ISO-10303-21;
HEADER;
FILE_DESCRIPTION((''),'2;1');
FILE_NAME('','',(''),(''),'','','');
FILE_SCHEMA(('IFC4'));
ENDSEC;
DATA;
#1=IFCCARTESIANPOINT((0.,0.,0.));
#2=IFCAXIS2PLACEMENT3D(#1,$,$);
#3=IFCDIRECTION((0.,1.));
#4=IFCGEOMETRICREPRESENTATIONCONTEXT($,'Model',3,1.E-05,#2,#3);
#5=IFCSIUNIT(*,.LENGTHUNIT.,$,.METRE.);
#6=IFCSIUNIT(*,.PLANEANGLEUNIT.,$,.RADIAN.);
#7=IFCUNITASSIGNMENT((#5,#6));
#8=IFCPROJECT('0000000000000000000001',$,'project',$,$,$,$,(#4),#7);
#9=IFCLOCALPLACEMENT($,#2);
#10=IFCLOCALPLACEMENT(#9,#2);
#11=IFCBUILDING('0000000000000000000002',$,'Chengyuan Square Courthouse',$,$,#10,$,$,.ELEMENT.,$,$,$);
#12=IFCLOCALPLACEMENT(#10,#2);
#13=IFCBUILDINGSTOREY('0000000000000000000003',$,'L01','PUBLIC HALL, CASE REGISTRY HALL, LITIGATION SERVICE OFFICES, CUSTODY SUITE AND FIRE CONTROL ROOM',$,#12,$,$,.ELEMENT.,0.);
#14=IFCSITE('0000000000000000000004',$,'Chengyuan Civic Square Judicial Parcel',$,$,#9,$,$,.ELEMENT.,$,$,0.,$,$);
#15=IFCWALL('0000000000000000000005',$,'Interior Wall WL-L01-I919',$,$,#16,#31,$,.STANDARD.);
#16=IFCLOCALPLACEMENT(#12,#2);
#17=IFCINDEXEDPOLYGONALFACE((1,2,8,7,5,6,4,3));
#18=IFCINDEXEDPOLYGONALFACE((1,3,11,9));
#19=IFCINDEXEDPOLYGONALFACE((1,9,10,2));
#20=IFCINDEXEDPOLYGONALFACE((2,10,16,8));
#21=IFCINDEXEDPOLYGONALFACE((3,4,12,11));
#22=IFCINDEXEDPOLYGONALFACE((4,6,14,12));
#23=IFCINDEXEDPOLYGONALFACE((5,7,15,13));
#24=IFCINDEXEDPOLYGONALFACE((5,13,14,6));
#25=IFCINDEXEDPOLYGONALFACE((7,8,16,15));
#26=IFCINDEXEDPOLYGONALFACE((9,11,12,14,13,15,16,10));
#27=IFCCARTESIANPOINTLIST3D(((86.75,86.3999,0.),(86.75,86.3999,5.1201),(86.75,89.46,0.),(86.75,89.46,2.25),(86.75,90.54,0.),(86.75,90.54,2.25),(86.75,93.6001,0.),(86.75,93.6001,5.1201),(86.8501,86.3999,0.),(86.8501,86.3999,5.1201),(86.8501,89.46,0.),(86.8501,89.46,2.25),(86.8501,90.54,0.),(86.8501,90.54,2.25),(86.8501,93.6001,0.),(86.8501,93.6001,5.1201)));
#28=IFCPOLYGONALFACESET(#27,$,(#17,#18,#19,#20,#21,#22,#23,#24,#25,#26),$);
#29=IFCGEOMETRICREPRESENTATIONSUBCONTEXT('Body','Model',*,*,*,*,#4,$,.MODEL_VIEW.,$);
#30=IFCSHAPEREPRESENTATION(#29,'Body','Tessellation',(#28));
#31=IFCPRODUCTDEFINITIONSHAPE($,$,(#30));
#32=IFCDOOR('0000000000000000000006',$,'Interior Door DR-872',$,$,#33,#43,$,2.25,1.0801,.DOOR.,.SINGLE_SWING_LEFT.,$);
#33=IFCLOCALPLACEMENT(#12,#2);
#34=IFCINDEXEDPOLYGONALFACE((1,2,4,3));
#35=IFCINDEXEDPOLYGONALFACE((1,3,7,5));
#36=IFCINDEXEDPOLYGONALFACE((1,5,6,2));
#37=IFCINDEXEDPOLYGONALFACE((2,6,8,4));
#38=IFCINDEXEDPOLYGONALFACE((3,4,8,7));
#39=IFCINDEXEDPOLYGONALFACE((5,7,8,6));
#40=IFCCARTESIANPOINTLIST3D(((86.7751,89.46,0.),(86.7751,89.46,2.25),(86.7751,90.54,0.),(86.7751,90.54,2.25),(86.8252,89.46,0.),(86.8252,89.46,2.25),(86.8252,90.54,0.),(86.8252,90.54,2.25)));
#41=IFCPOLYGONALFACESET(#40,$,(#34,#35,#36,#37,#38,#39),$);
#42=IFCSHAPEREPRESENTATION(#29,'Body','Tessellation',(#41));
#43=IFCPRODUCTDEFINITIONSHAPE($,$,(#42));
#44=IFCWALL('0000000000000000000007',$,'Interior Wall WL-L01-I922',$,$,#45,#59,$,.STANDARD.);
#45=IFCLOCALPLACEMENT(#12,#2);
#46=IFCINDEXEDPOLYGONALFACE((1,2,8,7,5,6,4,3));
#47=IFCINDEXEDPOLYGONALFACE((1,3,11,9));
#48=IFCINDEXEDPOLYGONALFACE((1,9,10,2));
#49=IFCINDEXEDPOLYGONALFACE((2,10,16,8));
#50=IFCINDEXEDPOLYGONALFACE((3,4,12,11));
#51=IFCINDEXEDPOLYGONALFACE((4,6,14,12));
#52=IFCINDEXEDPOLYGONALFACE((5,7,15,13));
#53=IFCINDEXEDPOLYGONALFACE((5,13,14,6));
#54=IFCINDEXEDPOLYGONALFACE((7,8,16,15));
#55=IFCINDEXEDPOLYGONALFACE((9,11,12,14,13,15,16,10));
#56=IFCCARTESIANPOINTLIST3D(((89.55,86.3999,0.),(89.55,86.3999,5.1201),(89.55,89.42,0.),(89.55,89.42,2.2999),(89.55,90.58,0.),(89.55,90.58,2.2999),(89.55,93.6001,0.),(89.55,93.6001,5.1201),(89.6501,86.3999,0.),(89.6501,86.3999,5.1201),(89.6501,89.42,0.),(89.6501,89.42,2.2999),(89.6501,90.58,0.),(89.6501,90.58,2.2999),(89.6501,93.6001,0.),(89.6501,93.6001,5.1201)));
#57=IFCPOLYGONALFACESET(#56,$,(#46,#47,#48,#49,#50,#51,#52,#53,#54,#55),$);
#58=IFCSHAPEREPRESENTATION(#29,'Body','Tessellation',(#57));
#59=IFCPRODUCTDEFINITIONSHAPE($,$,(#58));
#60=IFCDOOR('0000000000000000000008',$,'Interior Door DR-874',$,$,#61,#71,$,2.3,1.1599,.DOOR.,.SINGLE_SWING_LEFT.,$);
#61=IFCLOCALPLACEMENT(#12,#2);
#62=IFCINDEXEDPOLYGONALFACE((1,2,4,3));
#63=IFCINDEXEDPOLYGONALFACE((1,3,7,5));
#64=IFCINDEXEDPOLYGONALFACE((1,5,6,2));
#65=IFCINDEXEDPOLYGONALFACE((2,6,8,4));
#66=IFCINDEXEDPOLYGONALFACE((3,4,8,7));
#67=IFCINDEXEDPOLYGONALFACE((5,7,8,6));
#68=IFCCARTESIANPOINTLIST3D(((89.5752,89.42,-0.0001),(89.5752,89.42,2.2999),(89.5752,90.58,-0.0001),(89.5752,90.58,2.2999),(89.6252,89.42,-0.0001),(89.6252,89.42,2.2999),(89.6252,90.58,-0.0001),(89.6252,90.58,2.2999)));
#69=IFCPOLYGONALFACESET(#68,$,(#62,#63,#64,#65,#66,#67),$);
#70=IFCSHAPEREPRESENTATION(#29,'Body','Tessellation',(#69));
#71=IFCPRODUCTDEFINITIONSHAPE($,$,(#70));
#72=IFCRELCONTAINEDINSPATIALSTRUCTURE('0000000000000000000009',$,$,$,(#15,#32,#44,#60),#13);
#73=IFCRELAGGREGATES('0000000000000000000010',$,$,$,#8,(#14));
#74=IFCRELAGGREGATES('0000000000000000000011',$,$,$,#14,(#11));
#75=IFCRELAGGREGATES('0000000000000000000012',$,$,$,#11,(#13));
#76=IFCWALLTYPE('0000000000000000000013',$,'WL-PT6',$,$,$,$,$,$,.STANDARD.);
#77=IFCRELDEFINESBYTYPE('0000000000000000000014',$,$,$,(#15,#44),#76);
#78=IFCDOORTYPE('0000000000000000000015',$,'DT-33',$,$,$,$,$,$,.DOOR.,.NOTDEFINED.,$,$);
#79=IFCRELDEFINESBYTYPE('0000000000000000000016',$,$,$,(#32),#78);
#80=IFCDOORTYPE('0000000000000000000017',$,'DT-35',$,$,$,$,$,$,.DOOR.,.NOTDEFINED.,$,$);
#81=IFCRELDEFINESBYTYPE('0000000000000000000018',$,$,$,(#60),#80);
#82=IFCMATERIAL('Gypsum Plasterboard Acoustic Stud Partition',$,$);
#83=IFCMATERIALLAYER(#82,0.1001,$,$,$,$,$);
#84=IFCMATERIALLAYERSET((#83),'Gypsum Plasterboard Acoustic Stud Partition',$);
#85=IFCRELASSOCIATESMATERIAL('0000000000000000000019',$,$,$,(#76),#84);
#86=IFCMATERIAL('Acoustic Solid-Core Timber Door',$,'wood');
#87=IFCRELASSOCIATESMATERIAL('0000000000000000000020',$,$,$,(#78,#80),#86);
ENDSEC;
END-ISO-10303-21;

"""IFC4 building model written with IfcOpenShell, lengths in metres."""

from ifc_helpers import new_model, si_unit, direction, frame, frame_2d, origin, place, context, subcontext, project, spatial, rectangle, extrude, material, layer, layer_set, type_object, element, fill, save


model = new_model("IFC4")

# Units and contexts
model_context = context("Model", 3, precision=1e-05, world=origin(), true_north=direction((0.0, 1.0)))
body_context = subcontext(model_context, "Body", "Model", "MODEL_VIEW")
ifc_project = project(units=[si_unit("LENGTHUNIT", "METRE"), si_unit("PLANEANGLEUNIT", "RADIAN")], contexts=[model_context])

# Site, building, storey
site_placement = place(None, origin())
site = spatial("IfcSite", under=ifc_project, at=site_placement, Name="Chengyuan Civic Square Judicial Parcel", CompositionType="ELEMENT", RefElevation=0.0)
building_placement = place(site_placement, origin())
building = spatial("IfcBuilding", under=site, at=building_placement, Name="Chengyuan Square Courthouse", CompositionType="ELEMENT")
storey_placement = place(building_placement, origin())
storey = spatial("IfcBuildingStorey", under=building, at=storey_placement, Name="L01", Description="PUBLIC HALL, CASE REGISTRY HALL, LITIGATION SERVICE OFFICES, CUSTODY SUITE AND FIRE CONTROL ROOM", CompositionType="ELEMENT", Elevation=0.0)

# Shared definitions
ifc_material_1 = material(Name="Gypsum Plasterboard Acoustic Stud Partition")
ifc_layer_1 = layer(ifc_material_1, 0.1001)
ifc_layer_set_1 = layer_set([ifc_layer_1], Name="Gypsum Plasterboard Acoustic Stud Partition")
wall_type_1 = type_object("IfcWallType", Name="WL-PT6", PredefinedType="STANDARD", material=ifc_layer_set_1)
ifc_material_2 = material(Name="Acoustic Solid-Core Timber Door", Category="wood")

# Walls, openings, doors
wall_1_placement = place(storey_placement, frame((86.8, 86.3999, 0.0), z_axis=(0.0, 0.0, 1.0), x_axis=(0.0, 1.0, 0.0)))
wall_1 = element("IfcWall", 1, at=wall_1_placement, inside=storey, type_object=wall_type_1, Name="Interior Wall WL-L01-I919", PredefinedType="STANDARD", context=body_context, shape_type="SweptSolid", body=[
    extrude(rectangle(XDim=7.2002, YDim=0.1001, at=frame_2d((3.6001, 0.0))), origin(), (0.0, 0.0, 1.0), 5.1201),
])
opening_1_placement = place(wall_1_placement, frame((3.0601, 0.0, 0.0)))
opening_1 = element("IfcOpeningElement", 2, at=opening_1_placement, cuts=wall_1, PredefinedType="OPENING", context=body_context, shape_type="SweptSolid", body=[
    extrude(rectangle(XDim=1.0801, YDim=2.25, at=frame_2d((0.54, 1.125))), frame((0.0, 0.062, 0.0), z_axis=(0.0, -1.0, 0.0), x_axis=(1.0, 0.0, 0.0)), (0.0, 0.0, 1.0), 0.124),
])
door_type_1 = type_object("IfcDoorType", Name="DT-33", OperationType="NOTDEFINED", PredefinedType="DOOR", material=ifc_material_2)
door_1_placement = place(opening_1_placement, origin())
door_1 = element("IfcDoor", 3, at=door_1_placement, inside=storey, type_object=door_type_1, Name="Interior Door DR-872", OperationType="SINGLE_SWING_LEFT", OverallHeight=2.25, OverallWidth=1.0801, PredefinedType="DOOR", context=body_context, shape_type="SweptSolid", body=[
    extrude(rectangle(XDim=1.0801, YDim=2.25, at=frame_2d((0.54, 1.125))), frame((0.0, 0.0249, 0.0), z_axis=(0.0, -1.0, 0.0), x_axis=(1.0, 0.0, 0.0)), (0.0, 0.0, 1.0), 0.05),
])
fill(opening_1, door_1)
wall_2_placement = place(storey_placement, frame((89.6001, 86.3999, 0.0), z_axis=(0.0, 0.0, 1.0), x_axis=(0.0, 1.0, 0.0)))
wall_2 = element("IfcWall", 4, at=wall_2_placement, inside=storey, type_object=wall_type_1, Name="Interior Wall WL-L01-I922", PredefinedType="STANDARD", context=body_context, shape_type="SweptSolid", body=[
    extrude(rectangle(XDim=7.2002, YDim=0.1001, at=frame_2d((3.6001, 0.0))), origin(), (0.0, 0.0, 1.0), 5.1201),
])
opening_2_placement = place(wall_2_placement, frame((3.02, 0.0, 0.0)))
opening_2 = element("IfcOpeningElement", 5, at=opening_2_placement, cuts=wall_2, PredefinedType="OPENING", context=body_context, shape_type="SweptSolid", body=[
    extrude(rectangle(XDim=1.1599, YDim=2.3, at=frame_2d((0.5801, 1.1499))), frame((0.0, 0.062, 0.0), z_axis=(0.0, -1.0, 0.0), x_axis=(1.0, 0.0, 0.0)), (0.0, 0.0, 1.0), 0.124),
])
door_type_2 = type_object("IfcDoorType", Name="DT-35", OperationType="NOTDEFINED", PredefinedType="DOOR", material=ifc_material_2)
door_2_placement = place(opening_2_placement, origin())
door_2 = element("IfcDoor", 6, at=door_2_placement, inside=storey, type_object=door_type_2, Name="Interior Door DR-874", OperationType="SINGLE_SWING_LEFT", OverallHeight=2.3, OverallWidth=1.1599, PredefinedType="DOOR", context=body_context, shape_type="SweptSolid", body=[
    extrude(rectangle(XDim=1.1599, YDim=2.3, at=frame_2d((0.5801, 1.1499))), frame((0.0, 0.0249, 0.0), z_axis=(0.0, -1.0, 0.0), x_axis=(1.0, 0.0, 0.0)), (0.0, 0.0, 1.0), 0.05),
])
fill(opening_2, door_2)

save(model, "model.ifc")
